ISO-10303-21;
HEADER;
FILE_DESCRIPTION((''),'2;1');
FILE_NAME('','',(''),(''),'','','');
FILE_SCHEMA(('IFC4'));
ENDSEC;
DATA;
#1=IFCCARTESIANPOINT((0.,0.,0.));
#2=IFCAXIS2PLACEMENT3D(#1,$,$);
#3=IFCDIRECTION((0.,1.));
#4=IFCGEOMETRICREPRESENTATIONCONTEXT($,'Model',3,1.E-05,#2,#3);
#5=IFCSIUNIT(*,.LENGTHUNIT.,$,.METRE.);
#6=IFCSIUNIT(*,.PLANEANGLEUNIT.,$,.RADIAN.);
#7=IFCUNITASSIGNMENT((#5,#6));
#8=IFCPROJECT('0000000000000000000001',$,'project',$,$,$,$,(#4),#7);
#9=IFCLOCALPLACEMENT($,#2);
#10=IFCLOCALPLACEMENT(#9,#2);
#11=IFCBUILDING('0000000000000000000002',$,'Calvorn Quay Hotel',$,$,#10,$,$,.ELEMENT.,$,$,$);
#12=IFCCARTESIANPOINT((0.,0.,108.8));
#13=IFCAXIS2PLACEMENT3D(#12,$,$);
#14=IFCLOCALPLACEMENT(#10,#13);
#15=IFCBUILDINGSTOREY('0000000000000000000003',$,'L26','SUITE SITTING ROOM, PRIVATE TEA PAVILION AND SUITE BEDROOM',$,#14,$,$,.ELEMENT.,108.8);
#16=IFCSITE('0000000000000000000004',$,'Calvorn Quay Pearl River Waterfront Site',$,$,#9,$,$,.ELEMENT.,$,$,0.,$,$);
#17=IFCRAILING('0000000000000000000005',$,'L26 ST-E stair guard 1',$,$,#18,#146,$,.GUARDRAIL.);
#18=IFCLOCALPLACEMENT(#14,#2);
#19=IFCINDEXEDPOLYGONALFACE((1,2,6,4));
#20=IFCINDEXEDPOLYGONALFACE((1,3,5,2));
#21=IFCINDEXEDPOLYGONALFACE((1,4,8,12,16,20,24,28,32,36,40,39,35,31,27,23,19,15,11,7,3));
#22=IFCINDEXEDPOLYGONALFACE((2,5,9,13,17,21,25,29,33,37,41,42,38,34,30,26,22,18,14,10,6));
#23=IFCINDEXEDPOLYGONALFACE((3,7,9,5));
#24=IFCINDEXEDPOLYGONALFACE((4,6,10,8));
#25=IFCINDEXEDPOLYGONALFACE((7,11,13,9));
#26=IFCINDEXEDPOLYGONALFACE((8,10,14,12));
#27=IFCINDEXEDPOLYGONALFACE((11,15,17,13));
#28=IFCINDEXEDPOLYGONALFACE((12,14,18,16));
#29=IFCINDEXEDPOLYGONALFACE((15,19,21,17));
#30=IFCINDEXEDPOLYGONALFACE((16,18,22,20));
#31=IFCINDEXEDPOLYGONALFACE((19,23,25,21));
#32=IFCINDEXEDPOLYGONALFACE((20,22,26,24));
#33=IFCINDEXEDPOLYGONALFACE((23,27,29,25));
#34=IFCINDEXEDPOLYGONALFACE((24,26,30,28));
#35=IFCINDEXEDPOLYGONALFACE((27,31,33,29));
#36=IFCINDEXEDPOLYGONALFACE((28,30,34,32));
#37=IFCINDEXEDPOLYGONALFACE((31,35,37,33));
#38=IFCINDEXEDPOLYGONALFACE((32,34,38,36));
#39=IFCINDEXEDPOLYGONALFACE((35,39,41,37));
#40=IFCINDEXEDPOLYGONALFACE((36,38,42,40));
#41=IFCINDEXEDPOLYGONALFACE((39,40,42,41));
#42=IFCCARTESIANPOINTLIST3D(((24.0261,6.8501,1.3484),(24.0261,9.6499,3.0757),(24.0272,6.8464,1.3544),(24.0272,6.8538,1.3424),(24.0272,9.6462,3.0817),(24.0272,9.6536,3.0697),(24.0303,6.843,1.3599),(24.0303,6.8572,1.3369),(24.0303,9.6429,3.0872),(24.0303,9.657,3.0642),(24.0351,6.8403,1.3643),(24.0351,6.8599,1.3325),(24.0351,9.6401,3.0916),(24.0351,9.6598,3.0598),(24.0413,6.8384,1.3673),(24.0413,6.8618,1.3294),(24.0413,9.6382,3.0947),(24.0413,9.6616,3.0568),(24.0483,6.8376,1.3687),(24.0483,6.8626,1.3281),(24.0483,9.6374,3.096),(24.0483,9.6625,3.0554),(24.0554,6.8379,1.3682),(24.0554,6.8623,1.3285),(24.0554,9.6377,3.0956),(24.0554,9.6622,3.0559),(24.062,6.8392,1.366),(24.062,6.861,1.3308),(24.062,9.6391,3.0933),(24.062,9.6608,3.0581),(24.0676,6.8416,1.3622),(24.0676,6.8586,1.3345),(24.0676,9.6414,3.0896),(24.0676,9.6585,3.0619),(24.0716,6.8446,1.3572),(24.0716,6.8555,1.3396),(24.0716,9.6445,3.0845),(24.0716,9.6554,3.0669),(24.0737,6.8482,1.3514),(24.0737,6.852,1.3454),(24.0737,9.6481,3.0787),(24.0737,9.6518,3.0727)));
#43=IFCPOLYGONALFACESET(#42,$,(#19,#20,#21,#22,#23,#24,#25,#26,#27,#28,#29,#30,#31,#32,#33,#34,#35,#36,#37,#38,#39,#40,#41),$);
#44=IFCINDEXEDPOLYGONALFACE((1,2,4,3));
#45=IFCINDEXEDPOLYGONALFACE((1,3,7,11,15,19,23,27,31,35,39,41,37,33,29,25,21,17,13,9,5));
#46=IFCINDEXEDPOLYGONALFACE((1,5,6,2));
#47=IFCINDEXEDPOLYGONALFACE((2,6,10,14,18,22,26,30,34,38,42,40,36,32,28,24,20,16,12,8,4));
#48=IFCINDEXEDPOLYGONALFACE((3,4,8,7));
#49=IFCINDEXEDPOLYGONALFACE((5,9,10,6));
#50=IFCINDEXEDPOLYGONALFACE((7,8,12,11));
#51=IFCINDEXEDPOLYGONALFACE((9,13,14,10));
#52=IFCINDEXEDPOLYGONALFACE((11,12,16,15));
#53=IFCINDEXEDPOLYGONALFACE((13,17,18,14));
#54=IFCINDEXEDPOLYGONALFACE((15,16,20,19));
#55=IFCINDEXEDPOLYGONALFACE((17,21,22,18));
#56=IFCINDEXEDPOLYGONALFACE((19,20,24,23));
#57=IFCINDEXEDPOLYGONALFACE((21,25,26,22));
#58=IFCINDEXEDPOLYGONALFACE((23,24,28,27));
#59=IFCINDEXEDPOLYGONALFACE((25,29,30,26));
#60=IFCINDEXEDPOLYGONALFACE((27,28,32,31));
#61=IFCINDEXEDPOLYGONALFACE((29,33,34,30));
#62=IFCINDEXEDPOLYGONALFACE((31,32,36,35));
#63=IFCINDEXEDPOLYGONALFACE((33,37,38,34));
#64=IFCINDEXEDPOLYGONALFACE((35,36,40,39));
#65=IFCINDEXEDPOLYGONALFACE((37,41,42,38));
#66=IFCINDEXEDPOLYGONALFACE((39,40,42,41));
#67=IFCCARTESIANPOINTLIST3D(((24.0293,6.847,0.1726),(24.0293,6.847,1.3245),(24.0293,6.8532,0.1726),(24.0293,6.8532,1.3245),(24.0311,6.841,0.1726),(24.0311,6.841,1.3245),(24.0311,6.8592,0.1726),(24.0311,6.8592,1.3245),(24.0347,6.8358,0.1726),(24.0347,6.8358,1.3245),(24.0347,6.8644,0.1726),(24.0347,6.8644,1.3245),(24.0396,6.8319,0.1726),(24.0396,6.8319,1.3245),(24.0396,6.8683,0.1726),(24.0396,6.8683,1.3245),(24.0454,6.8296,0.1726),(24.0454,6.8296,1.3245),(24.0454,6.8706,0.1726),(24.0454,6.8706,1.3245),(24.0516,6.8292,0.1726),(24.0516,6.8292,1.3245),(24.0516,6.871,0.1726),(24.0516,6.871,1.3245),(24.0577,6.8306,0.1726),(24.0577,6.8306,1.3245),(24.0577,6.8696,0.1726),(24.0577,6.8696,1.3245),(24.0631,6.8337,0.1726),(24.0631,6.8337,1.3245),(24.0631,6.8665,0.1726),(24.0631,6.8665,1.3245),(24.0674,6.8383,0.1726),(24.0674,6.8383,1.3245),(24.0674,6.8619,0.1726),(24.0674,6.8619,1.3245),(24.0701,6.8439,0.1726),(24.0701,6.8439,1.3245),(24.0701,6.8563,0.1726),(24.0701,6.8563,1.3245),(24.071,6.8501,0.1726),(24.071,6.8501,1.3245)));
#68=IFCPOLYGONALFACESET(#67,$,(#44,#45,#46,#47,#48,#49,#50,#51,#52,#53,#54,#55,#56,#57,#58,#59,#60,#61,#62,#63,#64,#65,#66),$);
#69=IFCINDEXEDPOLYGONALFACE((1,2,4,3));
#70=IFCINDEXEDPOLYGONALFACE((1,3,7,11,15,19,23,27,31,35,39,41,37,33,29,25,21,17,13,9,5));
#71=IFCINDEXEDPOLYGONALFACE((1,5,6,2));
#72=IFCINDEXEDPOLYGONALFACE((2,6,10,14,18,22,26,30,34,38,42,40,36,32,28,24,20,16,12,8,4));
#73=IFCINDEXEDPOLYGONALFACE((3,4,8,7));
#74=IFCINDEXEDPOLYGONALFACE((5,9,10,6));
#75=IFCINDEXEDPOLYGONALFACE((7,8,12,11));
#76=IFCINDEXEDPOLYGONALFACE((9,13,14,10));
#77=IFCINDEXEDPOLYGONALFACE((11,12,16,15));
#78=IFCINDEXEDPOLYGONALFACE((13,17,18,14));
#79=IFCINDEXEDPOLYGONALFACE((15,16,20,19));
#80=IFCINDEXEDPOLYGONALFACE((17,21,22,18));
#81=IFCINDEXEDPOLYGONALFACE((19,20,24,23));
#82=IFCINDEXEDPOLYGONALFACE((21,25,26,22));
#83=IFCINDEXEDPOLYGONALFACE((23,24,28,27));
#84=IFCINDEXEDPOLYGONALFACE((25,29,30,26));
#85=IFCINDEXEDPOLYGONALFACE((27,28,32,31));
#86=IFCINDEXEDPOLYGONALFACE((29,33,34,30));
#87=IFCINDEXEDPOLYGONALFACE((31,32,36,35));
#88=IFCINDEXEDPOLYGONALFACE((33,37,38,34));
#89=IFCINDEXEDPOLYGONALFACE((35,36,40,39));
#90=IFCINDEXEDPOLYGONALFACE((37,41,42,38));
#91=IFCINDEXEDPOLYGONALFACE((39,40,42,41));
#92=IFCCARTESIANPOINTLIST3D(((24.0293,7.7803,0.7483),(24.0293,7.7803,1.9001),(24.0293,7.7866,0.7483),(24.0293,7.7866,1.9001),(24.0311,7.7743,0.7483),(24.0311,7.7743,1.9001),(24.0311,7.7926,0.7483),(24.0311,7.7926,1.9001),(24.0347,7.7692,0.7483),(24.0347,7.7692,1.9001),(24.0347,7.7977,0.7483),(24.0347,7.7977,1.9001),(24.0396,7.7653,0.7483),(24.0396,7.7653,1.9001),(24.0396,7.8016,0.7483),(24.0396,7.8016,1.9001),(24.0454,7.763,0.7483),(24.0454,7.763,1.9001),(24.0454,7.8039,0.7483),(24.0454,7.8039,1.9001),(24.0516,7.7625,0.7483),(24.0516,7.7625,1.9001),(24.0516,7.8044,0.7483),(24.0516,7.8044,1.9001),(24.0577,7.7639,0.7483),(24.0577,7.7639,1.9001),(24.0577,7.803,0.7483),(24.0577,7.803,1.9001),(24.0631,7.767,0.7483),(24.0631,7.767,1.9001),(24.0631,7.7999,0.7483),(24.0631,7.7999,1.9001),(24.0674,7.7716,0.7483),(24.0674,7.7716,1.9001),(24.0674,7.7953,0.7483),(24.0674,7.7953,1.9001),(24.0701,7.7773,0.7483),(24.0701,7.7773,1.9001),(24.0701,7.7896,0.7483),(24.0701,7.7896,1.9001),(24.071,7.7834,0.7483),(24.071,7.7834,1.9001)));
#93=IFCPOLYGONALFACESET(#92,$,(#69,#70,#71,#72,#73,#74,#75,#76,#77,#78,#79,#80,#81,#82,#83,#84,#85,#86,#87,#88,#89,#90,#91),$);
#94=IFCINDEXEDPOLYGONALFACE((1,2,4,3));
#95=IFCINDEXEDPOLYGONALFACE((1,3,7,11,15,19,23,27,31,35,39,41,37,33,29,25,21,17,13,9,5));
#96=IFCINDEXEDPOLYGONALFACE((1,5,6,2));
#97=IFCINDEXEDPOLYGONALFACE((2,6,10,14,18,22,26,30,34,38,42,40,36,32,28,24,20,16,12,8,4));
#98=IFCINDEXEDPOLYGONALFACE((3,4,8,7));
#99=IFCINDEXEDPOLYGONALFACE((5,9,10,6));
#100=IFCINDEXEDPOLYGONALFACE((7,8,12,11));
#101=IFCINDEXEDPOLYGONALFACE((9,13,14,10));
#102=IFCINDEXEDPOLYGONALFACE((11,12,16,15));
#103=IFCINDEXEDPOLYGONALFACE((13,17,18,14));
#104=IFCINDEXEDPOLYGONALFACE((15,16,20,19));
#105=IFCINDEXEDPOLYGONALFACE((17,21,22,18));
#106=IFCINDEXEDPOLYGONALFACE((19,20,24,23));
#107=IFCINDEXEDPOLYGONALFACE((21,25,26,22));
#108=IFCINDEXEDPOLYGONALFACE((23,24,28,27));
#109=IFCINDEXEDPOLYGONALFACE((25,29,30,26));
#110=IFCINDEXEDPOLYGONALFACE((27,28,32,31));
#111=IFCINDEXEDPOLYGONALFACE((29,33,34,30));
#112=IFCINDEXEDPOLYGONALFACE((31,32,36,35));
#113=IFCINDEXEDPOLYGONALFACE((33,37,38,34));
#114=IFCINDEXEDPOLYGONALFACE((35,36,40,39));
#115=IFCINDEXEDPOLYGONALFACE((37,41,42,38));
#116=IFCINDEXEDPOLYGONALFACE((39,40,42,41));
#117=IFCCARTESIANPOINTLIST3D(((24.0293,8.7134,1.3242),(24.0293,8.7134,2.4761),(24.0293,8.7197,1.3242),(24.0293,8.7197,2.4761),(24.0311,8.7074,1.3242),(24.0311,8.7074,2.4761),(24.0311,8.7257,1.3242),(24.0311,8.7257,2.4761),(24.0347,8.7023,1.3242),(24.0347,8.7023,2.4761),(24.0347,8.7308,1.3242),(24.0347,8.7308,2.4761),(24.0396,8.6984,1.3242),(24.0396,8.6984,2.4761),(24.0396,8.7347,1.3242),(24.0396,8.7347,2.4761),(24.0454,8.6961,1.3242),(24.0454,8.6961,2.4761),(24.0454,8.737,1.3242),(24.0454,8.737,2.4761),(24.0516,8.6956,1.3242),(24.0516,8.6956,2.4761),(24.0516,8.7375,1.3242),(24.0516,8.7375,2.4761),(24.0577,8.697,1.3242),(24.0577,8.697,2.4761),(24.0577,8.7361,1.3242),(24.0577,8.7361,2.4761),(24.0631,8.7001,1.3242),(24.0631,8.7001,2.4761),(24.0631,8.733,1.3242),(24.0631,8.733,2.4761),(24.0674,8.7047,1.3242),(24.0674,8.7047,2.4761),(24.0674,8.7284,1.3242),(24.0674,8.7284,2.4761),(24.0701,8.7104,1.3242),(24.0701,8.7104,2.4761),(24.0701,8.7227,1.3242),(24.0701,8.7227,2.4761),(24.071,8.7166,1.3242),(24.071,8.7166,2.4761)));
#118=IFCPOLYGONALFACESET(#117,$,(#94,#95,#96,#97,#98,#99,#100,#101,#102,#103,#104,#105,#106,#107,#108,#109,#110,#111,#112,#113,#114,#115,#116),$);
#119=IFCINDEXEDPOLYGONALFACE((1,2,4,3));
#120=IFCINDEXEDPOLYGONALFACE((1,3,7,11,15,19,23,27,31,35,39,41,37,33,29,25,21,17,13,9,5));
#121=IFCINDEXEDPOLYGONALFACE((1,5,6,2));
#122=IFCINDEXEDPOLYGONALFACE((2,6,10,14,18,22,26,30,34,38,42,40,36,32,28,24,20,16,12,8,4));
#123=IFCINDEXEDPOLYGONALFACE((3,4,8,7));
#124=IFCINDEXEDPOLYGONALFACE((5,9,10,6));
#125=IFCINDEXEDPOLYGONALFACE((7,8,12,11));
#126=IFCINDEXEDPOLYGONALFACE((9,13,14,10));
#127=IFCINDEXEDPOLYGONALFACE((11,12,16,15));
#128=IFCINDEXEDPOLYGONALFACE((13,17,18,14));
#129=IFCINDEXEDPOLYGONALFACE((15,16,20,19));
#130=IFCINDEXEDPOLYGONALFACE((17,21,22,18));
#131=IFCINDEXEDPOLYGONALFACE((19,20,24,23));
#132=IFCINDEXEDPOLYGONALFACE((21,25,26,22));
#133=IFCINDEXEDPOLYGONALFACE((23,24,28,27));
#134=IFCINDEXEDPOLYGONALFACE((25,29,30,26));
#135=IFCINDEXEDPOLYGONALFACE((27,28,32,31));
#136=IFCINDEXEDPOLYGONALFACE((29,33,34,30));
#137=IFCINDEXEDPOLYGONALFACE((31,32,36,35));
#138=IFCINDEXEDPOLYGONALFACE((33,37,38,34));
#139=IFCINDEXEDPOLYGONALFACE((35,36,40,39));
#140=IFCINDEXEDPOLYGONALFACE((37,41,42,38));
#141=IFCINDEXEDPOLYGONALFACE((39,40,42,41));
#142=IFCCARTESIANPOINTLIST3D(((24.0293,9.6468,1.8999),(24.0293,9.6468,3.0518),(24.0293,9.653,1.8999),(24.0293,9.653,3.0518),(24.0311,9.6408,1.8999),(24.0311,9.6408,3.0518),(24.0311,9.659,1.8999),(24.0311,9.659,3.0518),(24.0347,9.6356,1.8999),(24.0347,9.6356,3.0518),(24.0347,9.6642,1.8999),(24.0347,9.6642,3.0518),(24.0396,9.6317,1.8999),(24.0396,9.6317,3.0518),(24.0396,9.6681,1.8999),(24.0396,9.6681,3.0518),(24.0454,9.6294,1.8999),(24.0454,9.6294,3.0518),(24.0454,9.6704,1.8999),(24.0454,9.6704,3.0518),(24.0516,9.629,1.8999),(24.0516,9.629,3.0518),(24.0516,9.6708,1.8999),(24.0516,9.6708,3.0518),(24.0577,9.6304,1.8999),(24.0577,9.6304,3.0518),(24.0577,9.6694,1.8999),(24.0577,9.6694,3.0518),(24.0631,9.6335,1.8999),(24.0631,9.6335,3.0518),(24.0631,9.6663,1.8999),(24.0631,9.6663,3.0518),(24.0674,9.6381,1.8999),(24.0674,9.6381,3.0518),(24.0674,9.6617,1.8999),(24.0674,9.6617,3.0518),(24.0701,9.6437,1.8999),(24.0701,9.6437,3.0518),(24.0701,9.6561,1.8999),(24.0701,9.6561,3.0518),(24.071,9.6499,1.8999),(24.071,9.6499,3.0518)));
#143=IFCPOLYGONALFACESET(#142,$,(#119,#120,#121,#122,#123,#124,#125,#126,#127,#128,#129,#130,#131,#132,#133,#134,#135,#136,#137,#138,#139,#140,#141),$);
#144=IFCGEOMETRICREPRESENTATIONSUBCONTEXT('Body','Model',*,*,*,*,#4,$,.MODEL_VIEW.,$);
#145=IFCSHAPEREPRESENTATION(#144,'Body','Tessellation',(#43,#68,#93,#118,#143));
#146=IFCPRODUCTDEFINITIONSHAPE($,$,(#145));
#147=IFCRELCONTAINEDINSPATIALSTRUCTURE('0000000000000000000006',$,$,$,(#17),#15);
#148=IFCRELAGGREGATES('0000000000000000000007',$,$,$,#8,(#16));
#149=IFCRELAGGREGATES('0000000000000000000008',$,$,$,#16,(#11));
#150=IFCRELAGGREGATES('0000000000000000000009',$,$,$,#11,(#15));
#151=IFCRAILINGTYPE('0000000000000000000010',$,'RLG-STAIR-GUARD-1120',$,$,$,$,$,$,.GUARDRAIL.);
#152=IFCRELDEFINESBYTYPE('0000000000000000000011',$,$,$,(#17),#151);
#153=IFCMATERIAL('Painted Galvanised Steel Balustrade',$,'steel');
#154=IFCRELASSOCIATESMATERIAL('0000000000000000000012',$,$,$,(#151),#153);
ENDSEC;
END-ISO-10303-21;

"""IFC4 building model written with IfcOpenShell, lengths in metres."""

from ifc_helpers import new_model, si_unit, direction, frame, origin, origin_2d, place, context, subcontext, project, spatial, circle, extrude, material, type_object, element, save


model = new_model("IFC4")

# Units and contexts
model_context = context("Model", 3, precision=1e-05, world=origin(), true_north=direction((0.0, 1.0)))
body_context = subcontext(model_context, "Body", "Model", "MODEL_VIEW")
ifc_project = project(units=[si_unit("LENGTHUNIT", "METRE"), si_unit("PLANEANGLEUNIT", "RADIAN")], contexts=[model_context])

# Site, building, storey
site_placement = place(None, origin())
site = spatial("IfcSite", under=ifc_project, at=site_placement, Name="Calvorn Quay Pearl River Waterfront Site", CompositionType="ELEMENT", RefElevation=0.0)
building_placement = place(site_placement, origin())
building = spatial("IfcBuilding", under=site, at=building_placement, Name="Calvorn Quay Hotel", CompositionType="ELEMENT")
storey_placement = place(building_placement, frame((0.0, 0.0, 108.8)))
storey = spatial("IfcBuildingStorey", under=building, at=storey_placement, Name="L26", Description="SUITE SITTING ROOM, PRIVATE TEA PAVILION AND SUITE BEDROOM", CompositionType="ELEMENT", Elevation=108.8)

# Railing
ifc_material_1 = material(Name="Painted Galvanised Steel Balustrade", Category="steel")
railing_type_1 = type_object("IfcRailingType", Name="RLG-STAIR-GUARD-1120", PredefinedType="GUARDRAIL", material=ifc_material_1)
railing_1_placement = place(storey_placement, frame((24.05, 6.8501, 0.1726)))
element("IfcRailing", 1, at=railing_1_placement, inside=storey, type_object=railing_type_1, Name="L26 ST-E stair guard 1", PredefinedType="GUARDRAIL", context=body_context, shape_type="SweptSolid", body=[
    extrude(circle(Radius=0.0239, at=origin_2d()), frame((0.0, 0.0, 1.1758), z_axis=(0.0, 0.851069, 0.525054), x_axis=(-1.0, 0.0, 0.0)), (0.0, 0.0, 1.0), 3.2898),
    extrude(circle(Radius=0.021, at=origin_2d()), origin(), (0.0, 0.0, 1.0), 1.1519),
    extrude(circle(Radius=0.021, at=origin_2d()), frame((0.0, 0.9333, 0.5757)), (0.0, 0.0, 1.0), 1.1519),
    extrude(circle(Radius=0.021, at=origin_2d()), frame((0.0, 1.8665, 1.1516)), (0.0, 0.0, 1.0), 1.1519),
    extrude(circle(Radius=0.021, at=origin_2d()), frame((0.0, 2.7998, 1.7273)), (0.0, 0.0, 1.0), 1.1519),
])

save(model, "model.ifc")
